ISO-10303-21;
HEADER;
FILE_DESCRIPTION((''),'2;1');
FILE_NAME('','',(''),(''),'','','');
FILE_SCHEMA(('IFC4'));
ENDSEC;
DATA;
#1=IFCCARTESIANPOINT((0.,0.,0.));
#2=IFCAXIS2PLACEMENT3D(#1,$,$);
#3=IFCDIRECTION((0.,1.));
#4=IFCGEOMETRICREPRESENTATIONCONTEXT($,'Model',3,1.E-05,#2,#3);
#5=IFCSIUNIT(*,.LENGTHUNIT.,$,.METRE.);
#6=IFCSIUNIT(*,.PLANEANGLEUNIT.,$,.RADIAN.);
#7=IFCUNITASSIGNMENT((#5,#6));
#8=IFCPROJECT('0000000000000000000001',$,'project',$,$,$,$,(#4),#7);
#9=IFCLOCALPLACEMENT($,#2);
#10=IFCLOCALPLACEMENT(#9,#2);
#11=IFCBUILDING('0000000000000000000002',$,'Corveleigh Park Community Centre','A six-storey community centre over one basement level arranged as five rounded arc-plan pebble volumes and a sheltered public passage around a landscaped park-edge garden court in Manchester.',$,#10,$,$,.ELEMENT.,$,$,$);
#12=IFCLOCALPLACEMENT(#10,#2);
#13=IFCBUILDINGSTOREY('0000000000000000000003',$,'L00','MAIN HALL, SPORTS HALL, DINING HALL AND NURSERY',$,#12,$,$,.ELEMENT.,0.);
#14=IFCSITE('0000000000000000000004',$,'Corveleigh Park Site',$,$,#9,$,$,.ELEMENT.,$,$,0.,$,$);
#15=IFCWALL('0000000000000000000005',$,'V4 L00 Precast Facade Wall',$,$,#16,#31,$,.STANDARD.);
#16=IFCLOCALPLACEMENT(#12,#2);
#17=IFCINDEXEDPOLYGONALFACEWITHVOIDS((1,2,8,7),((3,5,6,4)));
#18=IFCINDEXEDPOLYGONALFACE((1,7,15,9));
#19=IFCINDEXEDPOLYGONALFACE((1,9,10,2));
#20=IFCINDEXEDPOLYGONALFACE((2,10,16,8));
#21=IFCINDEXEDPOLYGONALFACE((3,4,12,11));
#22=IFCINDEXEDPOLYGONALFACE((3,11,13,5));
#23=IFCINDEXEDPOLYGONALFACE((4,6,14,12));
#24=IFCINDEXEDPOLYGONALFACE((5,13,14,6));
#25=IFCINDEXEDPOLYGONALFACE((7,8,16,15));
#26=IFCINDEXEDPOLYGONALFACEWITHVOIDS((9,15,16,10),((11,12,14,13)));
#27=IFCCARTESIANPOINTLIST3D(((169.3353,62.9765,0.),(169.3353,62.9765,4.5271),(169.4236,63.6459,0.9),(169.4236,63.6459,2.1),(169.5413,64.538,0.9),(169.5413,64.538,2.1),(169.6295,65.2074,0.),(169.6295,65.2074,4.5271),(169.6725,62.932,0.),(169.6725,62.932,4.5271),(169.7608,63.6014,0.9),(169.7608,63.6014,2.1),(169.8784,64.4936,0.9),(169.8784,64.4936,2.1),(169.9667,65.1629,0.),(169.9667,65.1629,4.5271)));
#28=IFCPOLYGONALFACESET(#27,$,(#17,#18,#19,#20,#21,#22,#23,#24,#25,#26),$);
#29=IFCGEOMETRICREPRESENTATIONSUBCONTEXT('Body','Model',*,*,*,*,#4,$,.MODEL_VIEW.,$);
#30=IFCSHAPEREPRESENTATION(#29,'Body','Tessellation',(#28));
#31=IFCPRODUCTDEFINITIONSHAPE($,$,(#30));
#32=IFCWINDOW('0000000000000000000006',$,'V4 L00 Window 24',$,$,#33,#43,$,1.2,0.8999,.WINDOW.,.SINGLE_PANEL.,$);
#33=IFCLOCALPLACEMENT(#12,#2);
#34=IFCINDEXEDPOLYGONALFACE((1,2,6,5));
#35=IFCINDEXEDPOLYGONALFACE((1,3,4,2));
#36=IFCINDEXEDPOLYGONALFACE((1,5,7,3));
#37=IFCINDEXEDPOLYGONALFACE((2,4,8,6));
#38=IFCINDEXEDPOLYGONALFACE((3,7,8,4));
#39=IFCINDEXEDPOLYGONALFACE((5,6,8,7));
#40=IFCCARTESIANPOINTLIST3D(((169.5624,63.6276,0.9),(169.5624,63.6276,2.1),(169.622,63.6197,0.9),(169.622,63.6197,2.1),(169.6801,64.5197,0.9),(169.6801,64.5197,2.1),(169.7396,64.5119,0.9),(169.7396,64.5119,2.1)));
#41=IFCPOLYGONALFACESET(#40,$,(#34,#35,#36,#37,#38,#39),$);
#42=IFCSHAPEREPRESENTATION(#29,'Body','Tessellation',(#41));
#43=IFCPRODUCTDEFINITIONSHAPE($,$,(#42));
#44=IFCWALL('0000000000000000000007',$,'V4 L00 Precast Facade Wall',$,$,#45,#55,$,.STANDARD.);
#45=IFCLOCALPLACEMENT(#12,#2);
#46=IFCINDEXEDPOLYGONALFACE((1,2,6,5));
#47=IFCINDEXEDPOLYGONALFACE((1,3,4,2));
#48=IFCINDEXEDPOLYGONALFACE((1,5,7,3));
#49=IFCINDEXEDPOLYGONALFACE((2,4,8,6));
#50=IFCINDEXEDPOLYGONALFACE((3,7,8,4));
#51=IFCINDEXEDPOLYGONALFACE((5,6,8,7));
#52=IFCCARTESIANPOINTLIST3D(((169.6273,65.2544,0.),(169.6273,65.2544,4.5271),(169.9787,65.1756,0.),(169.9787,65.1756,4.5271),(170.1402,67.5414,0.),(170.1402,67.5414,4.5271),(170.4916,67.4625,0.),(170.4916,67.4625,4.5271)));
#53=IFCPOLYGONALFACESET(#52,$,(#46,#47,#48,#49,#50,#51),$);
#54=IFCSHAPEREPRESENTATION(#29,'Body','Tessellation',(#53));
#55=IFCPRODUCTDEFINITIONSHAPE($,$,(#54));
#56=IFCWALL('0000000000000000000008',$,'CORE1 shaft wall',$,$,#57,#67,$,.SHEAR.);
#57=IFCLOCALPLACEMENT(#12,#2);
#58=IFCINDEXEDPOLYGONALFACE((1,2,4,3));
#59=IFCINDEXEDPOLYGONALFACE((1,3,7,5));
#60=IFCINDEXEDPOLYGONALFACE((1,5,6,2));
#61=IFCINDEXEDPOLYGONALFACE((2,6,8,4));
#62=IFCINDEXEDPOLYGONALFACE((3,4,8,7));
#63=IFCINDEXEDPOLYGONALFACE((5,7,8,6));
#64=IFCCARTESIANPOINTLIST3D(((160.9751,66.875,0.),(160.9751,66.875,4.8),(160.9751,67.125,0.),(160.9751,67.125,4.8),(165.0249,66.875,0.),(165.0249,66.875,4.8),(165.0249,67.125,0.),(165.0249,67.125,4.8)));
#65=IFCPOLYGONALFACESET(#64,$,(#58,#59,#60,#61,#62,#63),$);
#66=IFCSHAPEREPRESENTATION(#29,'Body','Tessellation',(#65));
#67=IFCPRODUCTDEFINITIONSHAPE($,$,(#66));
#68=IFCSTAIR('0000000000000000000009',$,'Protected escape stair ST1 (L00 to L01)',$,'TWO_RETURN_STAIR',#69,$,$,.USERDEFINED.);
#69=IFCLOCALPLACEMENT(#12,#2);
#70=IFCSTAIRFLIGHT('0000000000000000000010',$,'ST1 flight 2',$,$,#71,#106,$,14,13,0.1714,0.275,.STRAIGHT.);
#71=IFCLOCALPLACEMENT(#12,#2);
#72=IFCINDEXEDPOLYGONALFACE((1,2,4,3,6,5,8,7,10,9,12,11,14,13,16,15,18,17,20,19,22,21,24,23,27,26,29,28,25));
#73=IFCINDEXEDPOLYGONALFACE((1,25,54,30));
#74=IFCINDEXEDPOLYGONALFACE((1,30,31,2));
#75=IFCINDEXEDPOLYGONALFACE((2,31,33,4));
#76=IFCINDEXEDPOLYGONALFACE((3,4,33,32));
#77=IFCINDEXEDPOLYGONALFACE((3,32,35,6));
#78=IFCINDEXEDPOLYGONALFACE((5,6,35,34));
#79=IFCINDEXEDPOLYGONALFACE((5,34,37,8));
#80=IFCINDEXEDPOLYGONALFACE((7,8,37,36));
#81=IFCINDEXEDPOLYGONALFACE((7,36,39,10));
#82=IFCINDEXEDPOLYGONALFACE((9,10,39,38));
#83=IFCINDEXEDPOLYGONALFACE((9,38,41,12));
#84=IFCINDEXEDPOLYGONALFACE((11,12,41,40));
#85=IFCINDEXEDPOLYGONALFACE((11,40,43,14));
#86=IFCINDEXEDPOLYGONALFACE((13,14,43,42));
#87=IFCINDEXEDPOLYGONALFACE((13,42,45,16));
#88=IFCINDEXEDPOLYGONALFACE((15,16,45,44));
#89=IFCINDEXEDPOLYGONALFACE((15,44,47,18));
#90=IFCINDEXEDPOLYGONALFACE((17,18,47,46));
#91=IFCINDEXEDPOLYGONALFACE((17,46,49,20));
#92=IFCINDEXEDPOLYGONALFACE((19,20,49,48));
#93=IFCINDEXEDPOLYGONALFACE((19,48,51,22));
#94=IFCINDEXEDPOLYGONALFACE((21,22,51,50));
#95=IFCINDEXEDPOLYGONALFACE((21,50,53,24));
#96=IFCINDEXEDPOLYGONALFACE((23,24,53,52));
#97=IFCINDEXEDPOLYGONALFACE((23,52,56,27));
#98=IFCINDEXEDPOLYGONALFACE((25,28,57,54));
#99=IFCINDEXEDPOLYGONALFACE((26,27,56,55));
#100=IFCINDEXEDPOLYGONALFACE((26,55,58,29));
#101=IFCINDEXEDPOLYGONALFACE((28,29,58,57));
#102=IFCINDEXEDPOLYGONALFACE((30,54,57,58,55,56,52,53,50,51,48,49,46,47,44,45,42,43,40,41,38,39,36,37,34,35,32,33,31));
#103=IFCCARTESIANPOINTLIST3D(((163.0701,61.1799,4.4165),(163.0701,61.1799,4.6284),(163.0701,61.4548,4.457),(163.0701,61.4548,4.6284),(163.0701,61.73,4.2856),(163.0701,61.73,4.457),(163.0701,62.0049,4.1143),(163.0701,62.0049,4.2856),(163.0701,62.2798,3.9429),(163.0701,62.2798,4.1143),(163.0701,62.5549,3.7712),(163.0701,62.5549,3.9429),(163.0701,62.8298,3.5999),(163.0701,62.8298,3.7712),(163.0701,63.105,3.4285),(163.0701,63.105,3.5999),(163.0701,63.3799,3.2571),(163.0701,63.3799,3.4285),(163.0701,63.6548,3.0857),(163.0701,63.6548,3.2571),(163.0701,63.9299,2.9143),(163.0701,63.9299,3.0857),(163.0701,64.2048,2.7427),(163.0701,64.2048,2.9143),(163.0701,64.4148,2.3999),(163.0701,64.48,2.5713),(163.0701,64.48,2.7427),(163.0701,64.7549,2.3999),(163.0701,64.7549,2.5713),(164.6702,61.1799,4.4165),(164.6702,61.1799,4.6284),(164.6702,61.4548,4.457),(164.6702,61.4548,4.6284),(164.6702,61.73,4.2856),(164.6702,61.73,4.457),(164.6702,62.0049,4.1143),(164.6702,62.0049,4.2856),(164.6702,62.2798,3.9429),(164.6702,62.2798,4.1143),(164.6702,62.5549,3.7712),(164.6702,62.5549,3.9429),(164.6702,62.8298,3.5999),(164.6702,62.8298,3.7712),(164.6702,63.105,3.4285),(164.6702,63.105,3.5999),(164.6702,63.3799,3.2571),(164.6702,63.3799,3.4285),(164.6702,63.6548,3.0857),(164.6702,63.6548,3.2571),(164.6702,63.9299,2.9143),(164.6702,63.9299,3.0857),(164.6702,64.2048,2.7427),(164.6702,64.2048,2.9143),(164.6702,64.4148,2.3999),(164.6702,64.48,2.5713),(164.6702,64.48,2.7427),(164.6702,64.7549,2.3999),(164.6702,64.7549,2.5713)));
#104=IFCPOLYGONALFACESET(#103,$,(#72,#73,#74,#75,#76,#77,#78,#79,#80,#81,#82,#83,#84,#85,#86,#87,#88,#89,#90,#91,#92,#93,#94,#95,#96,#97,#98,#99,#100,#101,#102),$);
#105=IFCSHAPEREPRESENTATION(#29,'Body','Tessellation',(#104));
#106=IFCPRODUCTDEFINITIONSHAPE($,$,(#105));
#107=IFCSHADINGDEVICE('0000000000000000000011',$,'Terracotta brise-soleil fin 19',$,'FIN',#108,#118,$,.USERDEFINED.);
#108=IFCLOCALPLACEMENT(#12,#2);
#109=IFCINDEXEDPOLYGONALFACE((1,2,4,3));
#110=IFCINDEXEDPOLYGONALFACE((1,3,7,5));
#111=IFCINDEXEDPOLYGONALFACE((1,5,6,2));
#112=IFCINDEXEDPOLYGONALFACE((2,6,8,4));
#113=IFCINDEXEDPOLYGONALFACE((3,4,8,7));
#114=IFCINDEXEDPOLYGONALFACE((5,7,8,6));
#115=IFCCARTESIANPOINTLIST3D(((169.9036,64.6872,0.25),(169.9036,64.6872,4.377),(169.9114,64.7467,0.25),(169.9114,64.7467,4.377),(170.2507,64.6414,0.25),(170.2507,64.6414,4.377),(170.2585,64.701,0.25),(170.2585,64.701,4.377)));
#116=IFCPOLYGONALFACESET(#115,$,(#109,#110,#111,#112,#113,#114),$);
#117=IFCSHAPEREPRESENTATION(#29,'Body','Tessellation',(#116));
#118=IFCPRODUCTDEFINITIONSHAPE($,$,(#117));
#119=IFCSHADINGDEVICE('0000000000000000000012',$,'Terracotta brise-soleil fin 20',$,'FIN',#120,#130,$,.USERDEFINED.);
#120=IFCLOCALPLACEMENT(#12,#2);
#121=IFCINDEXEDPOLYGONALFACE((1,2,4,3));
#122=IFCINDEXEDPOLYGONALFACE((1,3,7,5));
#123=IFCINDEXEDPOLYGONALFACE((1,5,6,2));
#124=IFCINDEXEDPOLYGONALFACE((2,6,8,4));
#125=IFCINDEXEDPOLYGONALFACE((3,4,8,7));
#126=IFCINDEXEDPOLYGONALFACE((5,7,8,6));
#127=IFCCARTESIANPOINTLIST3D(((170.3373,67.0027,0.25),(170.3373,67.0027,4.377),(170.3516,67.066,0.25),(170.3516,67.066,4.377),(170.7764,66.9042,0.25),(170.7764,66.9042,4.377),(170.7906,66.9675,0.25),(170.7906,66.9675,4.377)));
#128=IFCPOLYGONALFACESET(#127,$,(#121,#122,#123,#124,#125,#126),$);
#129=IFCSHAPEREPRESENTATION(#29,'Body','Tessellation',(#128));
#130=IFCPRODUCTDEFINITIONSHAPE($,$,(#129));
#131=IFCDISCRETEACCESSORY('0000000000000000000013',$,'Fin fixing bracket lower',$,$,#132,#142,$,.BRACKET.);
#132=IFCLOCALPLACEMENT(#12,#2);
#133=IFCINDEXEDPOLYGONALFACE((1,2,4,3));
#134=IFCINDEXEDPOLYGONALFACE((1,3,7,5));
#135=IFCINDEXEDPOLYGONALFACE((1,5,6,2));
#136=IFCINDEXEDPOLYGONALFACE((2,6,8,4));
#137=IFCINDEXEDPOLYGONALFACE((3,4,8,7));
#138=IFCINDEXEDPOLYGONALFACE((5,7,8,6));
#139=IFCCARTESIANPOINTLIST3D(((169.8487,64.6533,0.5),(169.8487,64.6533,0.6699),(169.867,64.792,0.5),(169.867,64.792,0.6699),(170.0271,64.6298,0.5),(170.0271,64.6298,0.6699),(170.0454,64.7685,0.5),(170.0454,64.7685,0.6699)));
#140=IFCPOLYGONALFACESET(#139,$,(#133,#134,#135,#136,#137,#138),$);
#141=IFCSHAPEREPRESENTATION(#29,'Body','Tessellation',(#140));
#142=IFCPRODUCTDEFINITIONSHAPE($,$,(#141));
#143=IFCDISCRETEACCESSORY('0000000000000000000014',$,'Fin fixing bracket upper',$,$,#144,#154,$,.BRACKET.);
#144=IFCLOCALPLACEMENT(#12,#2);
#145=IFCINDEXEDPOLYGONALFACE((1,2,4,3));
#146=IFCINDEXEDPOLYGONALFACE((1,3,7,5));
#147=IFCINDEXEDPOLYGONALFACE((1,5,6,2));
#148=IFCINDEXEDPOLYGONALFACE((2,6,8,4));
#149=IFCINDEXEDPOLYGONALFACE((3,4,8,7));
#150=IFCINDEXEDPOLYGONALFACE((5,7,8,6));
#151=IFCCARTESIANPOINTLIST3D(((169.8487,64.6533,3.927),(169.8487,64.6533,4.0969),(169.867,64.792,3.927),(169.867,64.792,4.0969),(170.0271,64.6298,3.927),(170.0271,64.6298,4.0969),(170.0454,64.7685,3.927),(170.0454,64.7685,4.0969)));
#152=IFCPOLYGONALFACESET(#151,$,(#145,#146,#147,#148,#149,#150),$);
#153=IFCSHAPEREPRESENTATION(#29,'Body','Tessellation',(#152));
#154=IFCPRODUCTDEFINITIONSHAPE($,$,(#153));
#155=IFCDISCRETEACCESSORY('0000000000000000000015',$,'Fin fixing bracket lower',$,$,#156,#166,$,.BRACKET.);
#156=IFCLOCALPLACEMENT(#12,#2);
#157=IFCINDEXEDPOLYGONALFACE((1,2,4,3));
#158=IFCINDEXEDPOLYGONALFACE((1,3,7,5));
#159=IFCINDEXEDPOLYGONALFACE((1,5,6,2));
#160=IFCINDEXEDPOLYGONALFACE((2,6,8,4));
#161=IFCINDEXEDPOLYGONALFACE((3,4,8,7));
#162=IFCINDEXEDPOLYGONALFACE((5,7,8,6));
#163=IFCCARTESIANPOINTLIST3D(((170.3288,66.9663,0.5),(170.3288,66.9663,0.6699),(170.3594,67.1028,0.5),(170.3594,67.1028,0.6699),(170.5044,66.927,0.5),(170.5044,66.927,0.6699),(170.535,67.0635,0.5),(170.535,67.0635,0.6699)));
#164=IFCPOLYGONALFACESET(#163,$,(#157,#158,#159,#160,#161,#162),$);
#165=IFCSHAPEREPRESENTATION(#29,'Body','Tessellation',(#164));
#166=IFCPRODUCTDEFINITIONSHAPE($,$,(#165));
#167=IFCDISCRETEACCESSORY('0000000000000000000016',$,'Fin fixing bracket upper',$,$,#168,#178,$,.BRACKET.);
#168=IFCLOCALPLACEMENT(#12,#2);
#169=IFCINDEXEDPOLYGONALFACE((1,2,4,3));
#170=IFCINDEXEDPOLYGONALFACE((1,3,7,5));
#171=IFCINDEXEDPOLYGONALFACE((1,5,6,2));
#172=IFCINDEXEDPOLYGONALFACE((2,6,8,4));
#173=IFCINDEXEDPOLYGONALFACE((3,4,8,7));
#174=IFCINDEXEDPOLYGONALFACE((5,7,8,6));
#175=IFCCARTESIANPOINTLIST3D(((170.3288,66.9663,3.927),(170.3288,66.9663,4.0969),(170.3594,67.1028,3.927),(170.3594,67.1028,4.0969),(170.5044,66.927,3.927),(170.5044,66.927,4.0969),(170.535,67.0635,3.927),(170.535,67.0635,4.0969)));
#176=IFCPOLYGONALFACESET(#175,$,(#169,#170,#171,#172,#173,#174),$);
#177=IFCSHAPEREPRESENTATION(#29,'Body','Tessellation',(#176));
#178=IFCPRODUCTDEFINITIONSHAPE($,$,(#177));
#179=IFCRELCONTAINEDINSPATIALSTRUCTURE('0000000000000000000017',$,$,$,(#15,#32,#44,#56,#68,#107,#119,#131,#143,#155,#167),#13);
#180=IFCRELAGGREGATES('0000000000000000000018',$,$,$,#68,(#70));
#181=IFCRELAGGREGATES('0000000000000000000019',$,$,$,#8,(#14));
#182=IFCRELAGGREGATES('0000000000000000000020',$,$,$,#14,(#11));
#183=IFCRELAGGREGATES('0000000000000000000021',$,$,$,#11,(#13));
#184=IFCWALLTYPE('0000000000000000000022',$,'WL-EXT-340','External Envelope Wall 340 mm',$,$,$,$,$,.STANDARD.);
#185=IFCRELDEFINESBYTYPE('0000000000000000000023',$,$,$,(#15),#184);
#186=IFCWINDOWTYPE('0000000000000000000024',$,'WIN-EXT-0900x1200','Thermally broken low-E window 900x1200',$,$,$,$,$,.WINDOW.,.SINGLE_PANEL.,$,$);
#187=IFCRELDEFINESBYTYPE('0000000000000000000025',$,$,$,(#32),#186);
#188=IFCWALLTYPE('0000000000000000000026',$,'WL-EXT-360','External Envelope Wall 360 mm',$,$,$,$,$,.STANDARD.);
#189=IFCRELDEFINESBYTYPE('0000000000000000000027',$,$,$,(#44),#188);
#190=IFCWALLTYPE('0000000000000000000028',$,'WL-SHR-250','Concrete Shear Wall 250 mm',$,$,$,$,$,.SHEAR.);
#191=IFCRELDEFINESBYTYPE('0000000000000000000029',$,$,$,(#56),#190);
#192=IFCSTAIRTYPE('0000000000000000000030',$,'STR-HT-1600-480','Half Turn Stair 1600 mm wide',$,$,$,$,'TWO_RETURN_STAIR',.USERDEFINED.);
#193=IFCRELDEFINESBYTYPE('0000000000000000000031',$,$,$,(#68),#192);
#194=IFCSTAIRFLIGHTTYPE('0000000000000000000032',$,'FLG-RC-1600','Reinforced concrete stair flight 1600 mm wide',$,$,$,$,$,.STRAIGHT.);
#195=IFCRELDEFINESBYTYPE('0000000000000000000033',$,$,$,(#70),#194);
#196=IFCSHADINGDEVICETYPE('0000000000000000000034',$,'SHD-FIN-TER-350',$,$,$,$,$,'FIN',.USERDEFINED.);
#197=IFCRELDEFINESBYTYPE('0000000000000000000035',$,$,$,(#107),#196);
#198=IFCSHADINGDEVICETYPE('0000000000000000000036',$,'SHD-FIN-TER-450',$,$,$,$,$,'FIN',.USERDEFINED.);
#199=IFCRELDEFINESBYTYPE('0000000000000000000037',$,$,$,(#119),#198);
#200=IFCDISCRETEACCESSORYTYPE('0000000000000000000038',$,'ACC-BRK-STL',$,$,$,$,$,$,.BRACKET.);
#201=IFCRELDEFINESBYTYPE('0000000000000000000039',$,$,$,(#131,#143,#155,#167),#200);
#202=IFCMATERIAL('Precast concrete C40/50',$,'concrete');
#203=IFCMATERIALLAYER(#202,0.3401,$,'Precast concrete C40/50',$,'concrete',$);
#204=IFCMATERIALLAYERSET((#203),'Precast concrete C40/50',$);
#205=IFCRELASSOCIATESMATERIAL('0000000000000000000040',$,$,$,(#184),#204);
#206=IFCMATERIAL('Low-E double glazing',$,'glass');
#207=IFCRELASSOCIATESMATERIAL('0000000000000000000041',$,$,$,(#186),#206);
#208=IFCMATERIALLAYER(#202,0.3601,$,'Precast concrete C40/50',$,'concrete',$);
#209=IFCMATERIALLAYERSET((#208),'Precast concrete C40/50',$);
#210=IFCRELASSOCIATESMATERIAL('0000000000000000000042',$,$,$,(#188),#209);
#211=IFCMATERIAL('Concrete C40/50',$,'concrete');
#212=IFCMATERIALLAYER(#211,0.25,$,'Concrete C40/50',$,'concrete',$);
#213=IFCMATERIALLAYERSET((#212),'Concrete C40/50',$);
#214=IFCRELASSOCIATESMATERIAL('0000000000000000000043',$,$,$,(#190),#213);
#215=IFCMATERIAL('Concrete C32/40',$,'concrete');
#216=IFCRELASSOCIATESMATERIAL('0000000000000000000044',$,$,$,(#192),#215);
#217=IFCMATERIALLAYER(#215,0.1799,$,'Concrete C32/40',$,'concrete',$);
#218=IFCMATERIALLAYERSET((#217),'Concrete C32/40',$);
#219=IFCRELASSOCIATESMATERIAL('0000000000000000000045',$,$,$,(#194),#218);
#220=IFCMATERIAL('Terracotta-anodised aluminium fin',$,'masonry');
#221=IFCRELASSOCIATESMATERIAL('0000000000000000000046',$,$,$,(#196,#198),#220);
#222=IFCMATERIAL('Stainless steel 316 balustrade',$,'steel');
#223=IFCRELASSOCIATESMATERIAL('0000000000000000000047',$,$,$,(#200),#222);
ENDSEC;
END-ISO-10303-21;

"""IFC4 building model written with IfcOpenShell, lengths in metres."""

from ifc_helpers import new_model, si_unit, direction, frame, frame_2d, origin, origin_2d, place, context, subcontext, project, spatial, polyline, rectangle, outline, extrude, material, layer, layer_set, type_object, element, fill, aggregate, save


model = new_model("IFC4")

# Units and contexts
model_context = context("Model", 3, precision=1e-05, world=origin(), true_north=direction((0.0, 1.0)))
body_context = subcontext(model_context, "Body", "Model", "MODEL_VIEW")
ifc_project = project(units=[si_unit("LENGTHUNIT", "METRE"), si_unit("PLANEANGLEUNIT", "RADIAN")], contexts=[model_context])

# Site, building, storey
site_placement = place(None, origin())
site = spatial("IfcSite", under=ifc_project, at=site_placement, Name="Corveleigh Park Site", CompositionType="ELEMENT", RefElevation=0.0)
building_placement = place(site_placement, origin())
building = spatial("IfcBuilding", under=site, at=building_placement, Name="Corveleigh Park Community Centre", Description="A six-storey community centre over one basement level arranged as five rounded arc-plan pebble volumes and a sheltered public passage around a landscaped park-edge garden court in Manchester.", CompositionType="ELEMENT")
storey_placement = place(building_placement, origin())
storey = spatial("IfcBuildingStorey", under=building, at=storey_placement, Name="L00", Description="MAIN HALL, SPORTS HALL, DINING HALL AND NURSERY", CompositionType="ELEMENT", Elevation=0.0)

# Shared definitions
ifc_material_1 = material(Name="Concrete C40/50", Category="concrete")

# Shared definitions
ifc_material_2 = material(Name="Low-E double glazing", Category="glass")

# Wall, opening, window
ifc_material_3 = material(Name="Precast concrete C40/50", Category="concrete")
ifc_layer_1 = layer(ifc_material_3, 0.3401, Name="Precast concrete C40/50", Category="concrete")
ifc_layer_set_1 = layer_set([ifc_layer_1], Name="Precast concrete C40/50")
wall_type_1 = type_object("IfcWallType", Name="WL-EXT-340", Description="External Envelope Wall 340 mm", PredefinedType="STANDARD", material=ifc_layer_set_1)
wall_1_placement = place(storey_placement, frame((169.7981, 65.1851, 0.0), z_axis=(0.0, 0.0, 1.0), x_axis=(-0.130735, -0.991417, 0.0)))
wall_1 = element("IfcWall", 1, at=wall_1_placement, inside=storey, type_object=wall_type_1, Name="V4 L00 Precast Facade Wall", PredefinedType="STANDARD", context=body_context, shape_type="SweptSolid", body=[
    extrude(rectangle(XDim=2.2502, YDim=0.3401, at=frame_2d((1.125, 0.0))), origin(), (0.0, 0.0, 1.0), 4.5271),
])
opening_placement = place(wall_1_placement, frame((0.675, 0.0, 0.8999)))
opening = element("IfcOpeningElement", 2, at=opening_placement, cuts=wall_1, PredefinedType="OPENING", context=body_context, shape_type="SweptSolid", body=[
    extrude(rectangle(XDim=0.8999, YDim=1.2, at=frame_2d((0.45, 0.6001))), frame((0.0, 0.1799, 0.0), z_axis=(0.0, -1.0, 0.0), x_axis=(1.0, 0.0, 0.0)), (0.0, 0.0, 1.0), 0.3601),
])
window_type = type_object("IfcWindowType", Name="WIN-EXT-0900x1200", Description="Thermally broken low-E window 900x1200", PartitioningType="SINGLE_PANEL", PredefinedType="WINDOW", material=ifc_material_2)
window_placement = place(opening_placement, origin())
window = element("IfcWindow", 3, at=window_placement, inside=storey, type_object=window_type, Name="V4 L00 Window 24", OverallHeight=1.2, OverallWidth=0.8999, PartitioningType="SINGLE_PANEL", PredefinedType="WINDOW", context=body_context, shape_type="SweptSolid", body=[
    extrude(rectangle(XDim=0.8999, YDim=1.2, at=frame_2d((0.45, 0.6001))), frame((0.0, 0.03, 0.0), z_axis=(0.0, -1.0, 0.0), x_axis=(1.0, 0.0, 0.0)), (0.0, 0.0, 1.0), 0.0601),
])
fill(opening, window)

# Walls
ifc_layer_2 = layer(ifc_material_3, 0.3601, Name="Precast concrete C40/50", Category="concrete")
ifc_layer_set_2 = layer_set([ifc_layer_2], Name="Precast concrete C40/50")
wall_type_2 = type_object("IfcWallType", Name="WL-EXT-360", Description="External Envelope Wall 360 mm", PredefinedType="STANDARD", material=ifc_layer_set_2)
wall_2_placement = place(storey_placement, frame((170.3159, 67.502, 0.0), z_axis=(0.0, 0.0, 1.0), x_axis=(-0.21886, -0.975756, 0.0)))
element("IfcWall", 4, at=wall_2_placement, inside=storey, type_object=wall_type_2, Name="V4 L00 Precast Facade Wall", PredefinedType="STANDARD", context=body_context, shape_type="SweptSolid", body=[
    extrude(rectangle(XDim=2.3438, YDim=0.3601, at=frame_2d((1.1719, 0.0))), origin(), (0.0, 0.0, 1.0), 4.5271),
])
ifc_layer_3 = layer(ifc_material_1, 0.25, Name="Concrete C40/50", Category="concrete")
ifc_layer_set_3 = layer_set([ifc_layer_3], Name="Concrete C40/50")
wall_type_3 = type_object("IfcWallType", Name="WL-SHR-250", Description="Concrete Shear Wall 250 mm", PredefinedType="SHEAR", material=ifc_layer_set_3)
wall_3_placement = place(storey_placement, frame((160.9751, 67.0, 0.0), z_axis=(0.0, 0.0, 1.0), x_axis=(1.0, 0.0, 0.0)))
element("IfcWall", 5, at=wall_3_placement, inside=storey, type_object=wall_type_3, Name="CORE1 shaft wall", PredefinedType="SHEAR", context=body_context, shape_type="SweptSolid", body=[
    extrude(rectangle(XDim=4.0498, YDim=0.25, at=frame_2d((2.0249, 0.0))), origin(), (0.0, 0.0, 1.0), 4.8),
])

# Stair, stair flight
ifc_material_4 = material(Name="Concrete C32/40", Category="concrete")
stair_type = type_object("IfcStairType", Name="STR-HT-1600-480", Description="Half Turn Stair 1600 mm wide", ElementType="TWO_RETURN_STAIR", PredefinedType="USERDEFINED", material=ifc_material_4)
stair_placement = place(storey_placement, origin())
stair = element("IfcStair", 6, at=stair_placement, inside=storey, type_object=stair_type, Name="Protected escape stair ST1 (L00 to L01)", ObjectType="TWO_RETURN_STAIR", PredefinedType="USERDEFINED")
ifc_layer_4 = layer(ifc_material_4, 0.1799, Name="Concrete C32/40", Category="concrete")
ifc_layer_set_4 = layer_set([ifc_layer_4], Name="Concrete C32/40")
stair_flight_type = type_object("IfcStairFlightType", Name="FLG-RC-1600", Description="Reinforced concrete stair flight 1600 mm wide", PredefinedType="STRAIGHT", material=ifc_layer_set_4)
stair_flight_placement = place(storey_placement, frame((163.8701, 64.7549, 2.3999), z_axis=(0.0, 0.0, 1.0), x_axis=(0.0, -1.0, 0.0)))
stair_flight = element("IfcStairFlight", 7, at=stair_flight_placement, type_object=stair_flight_type, Name="ST1 flight 2", NumberOfRisers=14, NumberOfTreads=13, PredefinedType="STRAIGHT", RiserHeight=0.1714, TreadLength=0.275, context=body_context, shape_type="SweptSolid", body=[
    extrude(outline(polyline([(0.0, 0.0), (0.0, 0.1714), (0.2749, 0.1714), (0.2749, 0.3428), (0.55, 0.3428), (0.55, 0.5144), (0.825, 0.5144), (0.825, 0.6858), (1.1001, 0.6858), (1.1001, 0.8572), (1.375, 0.8572), (1.375, 1.0286), (1.6499, 1.0286), (1.6499, 1.2), (1.925, 1.2), (1.925, 1.3713), (2.2, 1.3713), (2.2, 1.543), (2.4751, 1.543), (2.4751, 1.7144), (2.75, 1.7144), (2.75, 1.8857), (3.0249, 1.8857), (3.0249, 2.0571), (3.3, 2.0571), (3.3, 2.2285), (3.575, 2.2285), (3.575, 2.3999), (3.575, 2.0166), (0.3401, 0.0), (0.0, 0.0)])), frame((0.0, 0.8, 0.0), z_axis=(0.0, -1.0, 0.0), x_axis=(1.0, 0.0, 0.0)), (0.0, 0.0, 1.0), 1.6001),
])
aggregate(stair, [stair_flight])

# Shading devices
ifc_material_5 = material(Name="Terracotta-anodised aluminium fin", Category="masonry")
shading_device_type_1 = type_object("IfcShadingDeviceType", Name="SHD-FIN-TER-350", ElementType="FIN", PredefinedType="USERDEFINED", material=ifc_material_5)
shading_device_1_placement = place(storey_placement, frame((170.0811, 64.6941, 0.25), z_axis=(0.0, 0.0, 1.0), x_axis=(0.991429, -0.13065, 0.0)))
element("IfcShadingDevice", 8, at=shading_device_1_placement, inside=storey, type_object=shading_device_type_1, Name="Terracotta brise-soleil fin 19", ObjectType="FIN", PredefinedType="USERDEFINED", context=body_context, shape_type="SweptSolid", body=[
    extrude(rectangle(XDim=0.3501, YDim=0.0601, at=origin_2d()), origin(), (0.0, 0.0, 1.0), 4.127),
])
shading_device_type_2 = type_object("IfcShadingDeviceType", Name="SHD-FIN-TER-450", ElementType="FIN", PredefinedType="USERDEFINED", material=ifc_material_5)
shading_device_2_placement = place(storey_placement, frame((170.564, 66.9851, 0.25), z_axis=(0.0, 0.0, 1.0), x_axis=(0.975753, -0.218873, 0.0)))
element("IfcShadingDevice", 9, at=shading_device_2_placement, inside=storey, type_object=shading_device_type_2, Name="Terracotta brise-soleil fin 20", ObjectType="FIN", PredefinedType="USERDEFINED", context=body_context, shape_type="SweptSolid", body=[
    extrude(rectangle(XDim=0.45, YDim=0.0649, at=origin_2d()), origin(), (0.0, 0.0, 1.0), 4.127),
])

# Discrete accessories
ifc_material_6 = material(Name="Stainless steel 316 balustrade", Category="steel")
discrete_accessory_type = type_object("IfcDiscreteAccessoryType", Name="ACC-BRK-STL", PredefinedType="BRACKET", material=ifc_material_6)
for number, where, z_axis, x_axis, name in (
    (10, (169.947, 64.7109, 0.5), (0.0, 0.0, 1.0), (0.991429, -0.13065, 0.0), "Fin fixing bracket lower"),
    (11, (169.947, 64.7109, 3.927), (0.0, 0.0, 1.0), (0.991429, -0.13065, 0.0), "Fin fixing bracket upper"),
    (12, (170.4319, 67.0149, 0.5), (0.0, 0.0, 1.0), (0.975753, -0.218873, 0.0), "Fin fixing bracket lower"),
    (13, (170.4319, 67.0149, 3.927), (0.0, 0.0, 1.0), (0.975753, -0.218873, 0.0), "Fin fixing bracket upper"),
):
    element("IfcDiscreteAccessory", number, at=place(storey_placement, frame(where, z_axis=z_axis, x_axis=x_axis)), inside=storey, type_object=discrete_accessory_type, Name=name, PredefinedType="BRACKET", context=body_context, shape_type="SweptSolid", body=[
        extrude(rectangle(XDim=0.1799, YDim=0.1399, at=origin_2d()), origin(), (0.0, 0.0, 1.0), 0.1699),
    ])

save(model, "model.ifc")
